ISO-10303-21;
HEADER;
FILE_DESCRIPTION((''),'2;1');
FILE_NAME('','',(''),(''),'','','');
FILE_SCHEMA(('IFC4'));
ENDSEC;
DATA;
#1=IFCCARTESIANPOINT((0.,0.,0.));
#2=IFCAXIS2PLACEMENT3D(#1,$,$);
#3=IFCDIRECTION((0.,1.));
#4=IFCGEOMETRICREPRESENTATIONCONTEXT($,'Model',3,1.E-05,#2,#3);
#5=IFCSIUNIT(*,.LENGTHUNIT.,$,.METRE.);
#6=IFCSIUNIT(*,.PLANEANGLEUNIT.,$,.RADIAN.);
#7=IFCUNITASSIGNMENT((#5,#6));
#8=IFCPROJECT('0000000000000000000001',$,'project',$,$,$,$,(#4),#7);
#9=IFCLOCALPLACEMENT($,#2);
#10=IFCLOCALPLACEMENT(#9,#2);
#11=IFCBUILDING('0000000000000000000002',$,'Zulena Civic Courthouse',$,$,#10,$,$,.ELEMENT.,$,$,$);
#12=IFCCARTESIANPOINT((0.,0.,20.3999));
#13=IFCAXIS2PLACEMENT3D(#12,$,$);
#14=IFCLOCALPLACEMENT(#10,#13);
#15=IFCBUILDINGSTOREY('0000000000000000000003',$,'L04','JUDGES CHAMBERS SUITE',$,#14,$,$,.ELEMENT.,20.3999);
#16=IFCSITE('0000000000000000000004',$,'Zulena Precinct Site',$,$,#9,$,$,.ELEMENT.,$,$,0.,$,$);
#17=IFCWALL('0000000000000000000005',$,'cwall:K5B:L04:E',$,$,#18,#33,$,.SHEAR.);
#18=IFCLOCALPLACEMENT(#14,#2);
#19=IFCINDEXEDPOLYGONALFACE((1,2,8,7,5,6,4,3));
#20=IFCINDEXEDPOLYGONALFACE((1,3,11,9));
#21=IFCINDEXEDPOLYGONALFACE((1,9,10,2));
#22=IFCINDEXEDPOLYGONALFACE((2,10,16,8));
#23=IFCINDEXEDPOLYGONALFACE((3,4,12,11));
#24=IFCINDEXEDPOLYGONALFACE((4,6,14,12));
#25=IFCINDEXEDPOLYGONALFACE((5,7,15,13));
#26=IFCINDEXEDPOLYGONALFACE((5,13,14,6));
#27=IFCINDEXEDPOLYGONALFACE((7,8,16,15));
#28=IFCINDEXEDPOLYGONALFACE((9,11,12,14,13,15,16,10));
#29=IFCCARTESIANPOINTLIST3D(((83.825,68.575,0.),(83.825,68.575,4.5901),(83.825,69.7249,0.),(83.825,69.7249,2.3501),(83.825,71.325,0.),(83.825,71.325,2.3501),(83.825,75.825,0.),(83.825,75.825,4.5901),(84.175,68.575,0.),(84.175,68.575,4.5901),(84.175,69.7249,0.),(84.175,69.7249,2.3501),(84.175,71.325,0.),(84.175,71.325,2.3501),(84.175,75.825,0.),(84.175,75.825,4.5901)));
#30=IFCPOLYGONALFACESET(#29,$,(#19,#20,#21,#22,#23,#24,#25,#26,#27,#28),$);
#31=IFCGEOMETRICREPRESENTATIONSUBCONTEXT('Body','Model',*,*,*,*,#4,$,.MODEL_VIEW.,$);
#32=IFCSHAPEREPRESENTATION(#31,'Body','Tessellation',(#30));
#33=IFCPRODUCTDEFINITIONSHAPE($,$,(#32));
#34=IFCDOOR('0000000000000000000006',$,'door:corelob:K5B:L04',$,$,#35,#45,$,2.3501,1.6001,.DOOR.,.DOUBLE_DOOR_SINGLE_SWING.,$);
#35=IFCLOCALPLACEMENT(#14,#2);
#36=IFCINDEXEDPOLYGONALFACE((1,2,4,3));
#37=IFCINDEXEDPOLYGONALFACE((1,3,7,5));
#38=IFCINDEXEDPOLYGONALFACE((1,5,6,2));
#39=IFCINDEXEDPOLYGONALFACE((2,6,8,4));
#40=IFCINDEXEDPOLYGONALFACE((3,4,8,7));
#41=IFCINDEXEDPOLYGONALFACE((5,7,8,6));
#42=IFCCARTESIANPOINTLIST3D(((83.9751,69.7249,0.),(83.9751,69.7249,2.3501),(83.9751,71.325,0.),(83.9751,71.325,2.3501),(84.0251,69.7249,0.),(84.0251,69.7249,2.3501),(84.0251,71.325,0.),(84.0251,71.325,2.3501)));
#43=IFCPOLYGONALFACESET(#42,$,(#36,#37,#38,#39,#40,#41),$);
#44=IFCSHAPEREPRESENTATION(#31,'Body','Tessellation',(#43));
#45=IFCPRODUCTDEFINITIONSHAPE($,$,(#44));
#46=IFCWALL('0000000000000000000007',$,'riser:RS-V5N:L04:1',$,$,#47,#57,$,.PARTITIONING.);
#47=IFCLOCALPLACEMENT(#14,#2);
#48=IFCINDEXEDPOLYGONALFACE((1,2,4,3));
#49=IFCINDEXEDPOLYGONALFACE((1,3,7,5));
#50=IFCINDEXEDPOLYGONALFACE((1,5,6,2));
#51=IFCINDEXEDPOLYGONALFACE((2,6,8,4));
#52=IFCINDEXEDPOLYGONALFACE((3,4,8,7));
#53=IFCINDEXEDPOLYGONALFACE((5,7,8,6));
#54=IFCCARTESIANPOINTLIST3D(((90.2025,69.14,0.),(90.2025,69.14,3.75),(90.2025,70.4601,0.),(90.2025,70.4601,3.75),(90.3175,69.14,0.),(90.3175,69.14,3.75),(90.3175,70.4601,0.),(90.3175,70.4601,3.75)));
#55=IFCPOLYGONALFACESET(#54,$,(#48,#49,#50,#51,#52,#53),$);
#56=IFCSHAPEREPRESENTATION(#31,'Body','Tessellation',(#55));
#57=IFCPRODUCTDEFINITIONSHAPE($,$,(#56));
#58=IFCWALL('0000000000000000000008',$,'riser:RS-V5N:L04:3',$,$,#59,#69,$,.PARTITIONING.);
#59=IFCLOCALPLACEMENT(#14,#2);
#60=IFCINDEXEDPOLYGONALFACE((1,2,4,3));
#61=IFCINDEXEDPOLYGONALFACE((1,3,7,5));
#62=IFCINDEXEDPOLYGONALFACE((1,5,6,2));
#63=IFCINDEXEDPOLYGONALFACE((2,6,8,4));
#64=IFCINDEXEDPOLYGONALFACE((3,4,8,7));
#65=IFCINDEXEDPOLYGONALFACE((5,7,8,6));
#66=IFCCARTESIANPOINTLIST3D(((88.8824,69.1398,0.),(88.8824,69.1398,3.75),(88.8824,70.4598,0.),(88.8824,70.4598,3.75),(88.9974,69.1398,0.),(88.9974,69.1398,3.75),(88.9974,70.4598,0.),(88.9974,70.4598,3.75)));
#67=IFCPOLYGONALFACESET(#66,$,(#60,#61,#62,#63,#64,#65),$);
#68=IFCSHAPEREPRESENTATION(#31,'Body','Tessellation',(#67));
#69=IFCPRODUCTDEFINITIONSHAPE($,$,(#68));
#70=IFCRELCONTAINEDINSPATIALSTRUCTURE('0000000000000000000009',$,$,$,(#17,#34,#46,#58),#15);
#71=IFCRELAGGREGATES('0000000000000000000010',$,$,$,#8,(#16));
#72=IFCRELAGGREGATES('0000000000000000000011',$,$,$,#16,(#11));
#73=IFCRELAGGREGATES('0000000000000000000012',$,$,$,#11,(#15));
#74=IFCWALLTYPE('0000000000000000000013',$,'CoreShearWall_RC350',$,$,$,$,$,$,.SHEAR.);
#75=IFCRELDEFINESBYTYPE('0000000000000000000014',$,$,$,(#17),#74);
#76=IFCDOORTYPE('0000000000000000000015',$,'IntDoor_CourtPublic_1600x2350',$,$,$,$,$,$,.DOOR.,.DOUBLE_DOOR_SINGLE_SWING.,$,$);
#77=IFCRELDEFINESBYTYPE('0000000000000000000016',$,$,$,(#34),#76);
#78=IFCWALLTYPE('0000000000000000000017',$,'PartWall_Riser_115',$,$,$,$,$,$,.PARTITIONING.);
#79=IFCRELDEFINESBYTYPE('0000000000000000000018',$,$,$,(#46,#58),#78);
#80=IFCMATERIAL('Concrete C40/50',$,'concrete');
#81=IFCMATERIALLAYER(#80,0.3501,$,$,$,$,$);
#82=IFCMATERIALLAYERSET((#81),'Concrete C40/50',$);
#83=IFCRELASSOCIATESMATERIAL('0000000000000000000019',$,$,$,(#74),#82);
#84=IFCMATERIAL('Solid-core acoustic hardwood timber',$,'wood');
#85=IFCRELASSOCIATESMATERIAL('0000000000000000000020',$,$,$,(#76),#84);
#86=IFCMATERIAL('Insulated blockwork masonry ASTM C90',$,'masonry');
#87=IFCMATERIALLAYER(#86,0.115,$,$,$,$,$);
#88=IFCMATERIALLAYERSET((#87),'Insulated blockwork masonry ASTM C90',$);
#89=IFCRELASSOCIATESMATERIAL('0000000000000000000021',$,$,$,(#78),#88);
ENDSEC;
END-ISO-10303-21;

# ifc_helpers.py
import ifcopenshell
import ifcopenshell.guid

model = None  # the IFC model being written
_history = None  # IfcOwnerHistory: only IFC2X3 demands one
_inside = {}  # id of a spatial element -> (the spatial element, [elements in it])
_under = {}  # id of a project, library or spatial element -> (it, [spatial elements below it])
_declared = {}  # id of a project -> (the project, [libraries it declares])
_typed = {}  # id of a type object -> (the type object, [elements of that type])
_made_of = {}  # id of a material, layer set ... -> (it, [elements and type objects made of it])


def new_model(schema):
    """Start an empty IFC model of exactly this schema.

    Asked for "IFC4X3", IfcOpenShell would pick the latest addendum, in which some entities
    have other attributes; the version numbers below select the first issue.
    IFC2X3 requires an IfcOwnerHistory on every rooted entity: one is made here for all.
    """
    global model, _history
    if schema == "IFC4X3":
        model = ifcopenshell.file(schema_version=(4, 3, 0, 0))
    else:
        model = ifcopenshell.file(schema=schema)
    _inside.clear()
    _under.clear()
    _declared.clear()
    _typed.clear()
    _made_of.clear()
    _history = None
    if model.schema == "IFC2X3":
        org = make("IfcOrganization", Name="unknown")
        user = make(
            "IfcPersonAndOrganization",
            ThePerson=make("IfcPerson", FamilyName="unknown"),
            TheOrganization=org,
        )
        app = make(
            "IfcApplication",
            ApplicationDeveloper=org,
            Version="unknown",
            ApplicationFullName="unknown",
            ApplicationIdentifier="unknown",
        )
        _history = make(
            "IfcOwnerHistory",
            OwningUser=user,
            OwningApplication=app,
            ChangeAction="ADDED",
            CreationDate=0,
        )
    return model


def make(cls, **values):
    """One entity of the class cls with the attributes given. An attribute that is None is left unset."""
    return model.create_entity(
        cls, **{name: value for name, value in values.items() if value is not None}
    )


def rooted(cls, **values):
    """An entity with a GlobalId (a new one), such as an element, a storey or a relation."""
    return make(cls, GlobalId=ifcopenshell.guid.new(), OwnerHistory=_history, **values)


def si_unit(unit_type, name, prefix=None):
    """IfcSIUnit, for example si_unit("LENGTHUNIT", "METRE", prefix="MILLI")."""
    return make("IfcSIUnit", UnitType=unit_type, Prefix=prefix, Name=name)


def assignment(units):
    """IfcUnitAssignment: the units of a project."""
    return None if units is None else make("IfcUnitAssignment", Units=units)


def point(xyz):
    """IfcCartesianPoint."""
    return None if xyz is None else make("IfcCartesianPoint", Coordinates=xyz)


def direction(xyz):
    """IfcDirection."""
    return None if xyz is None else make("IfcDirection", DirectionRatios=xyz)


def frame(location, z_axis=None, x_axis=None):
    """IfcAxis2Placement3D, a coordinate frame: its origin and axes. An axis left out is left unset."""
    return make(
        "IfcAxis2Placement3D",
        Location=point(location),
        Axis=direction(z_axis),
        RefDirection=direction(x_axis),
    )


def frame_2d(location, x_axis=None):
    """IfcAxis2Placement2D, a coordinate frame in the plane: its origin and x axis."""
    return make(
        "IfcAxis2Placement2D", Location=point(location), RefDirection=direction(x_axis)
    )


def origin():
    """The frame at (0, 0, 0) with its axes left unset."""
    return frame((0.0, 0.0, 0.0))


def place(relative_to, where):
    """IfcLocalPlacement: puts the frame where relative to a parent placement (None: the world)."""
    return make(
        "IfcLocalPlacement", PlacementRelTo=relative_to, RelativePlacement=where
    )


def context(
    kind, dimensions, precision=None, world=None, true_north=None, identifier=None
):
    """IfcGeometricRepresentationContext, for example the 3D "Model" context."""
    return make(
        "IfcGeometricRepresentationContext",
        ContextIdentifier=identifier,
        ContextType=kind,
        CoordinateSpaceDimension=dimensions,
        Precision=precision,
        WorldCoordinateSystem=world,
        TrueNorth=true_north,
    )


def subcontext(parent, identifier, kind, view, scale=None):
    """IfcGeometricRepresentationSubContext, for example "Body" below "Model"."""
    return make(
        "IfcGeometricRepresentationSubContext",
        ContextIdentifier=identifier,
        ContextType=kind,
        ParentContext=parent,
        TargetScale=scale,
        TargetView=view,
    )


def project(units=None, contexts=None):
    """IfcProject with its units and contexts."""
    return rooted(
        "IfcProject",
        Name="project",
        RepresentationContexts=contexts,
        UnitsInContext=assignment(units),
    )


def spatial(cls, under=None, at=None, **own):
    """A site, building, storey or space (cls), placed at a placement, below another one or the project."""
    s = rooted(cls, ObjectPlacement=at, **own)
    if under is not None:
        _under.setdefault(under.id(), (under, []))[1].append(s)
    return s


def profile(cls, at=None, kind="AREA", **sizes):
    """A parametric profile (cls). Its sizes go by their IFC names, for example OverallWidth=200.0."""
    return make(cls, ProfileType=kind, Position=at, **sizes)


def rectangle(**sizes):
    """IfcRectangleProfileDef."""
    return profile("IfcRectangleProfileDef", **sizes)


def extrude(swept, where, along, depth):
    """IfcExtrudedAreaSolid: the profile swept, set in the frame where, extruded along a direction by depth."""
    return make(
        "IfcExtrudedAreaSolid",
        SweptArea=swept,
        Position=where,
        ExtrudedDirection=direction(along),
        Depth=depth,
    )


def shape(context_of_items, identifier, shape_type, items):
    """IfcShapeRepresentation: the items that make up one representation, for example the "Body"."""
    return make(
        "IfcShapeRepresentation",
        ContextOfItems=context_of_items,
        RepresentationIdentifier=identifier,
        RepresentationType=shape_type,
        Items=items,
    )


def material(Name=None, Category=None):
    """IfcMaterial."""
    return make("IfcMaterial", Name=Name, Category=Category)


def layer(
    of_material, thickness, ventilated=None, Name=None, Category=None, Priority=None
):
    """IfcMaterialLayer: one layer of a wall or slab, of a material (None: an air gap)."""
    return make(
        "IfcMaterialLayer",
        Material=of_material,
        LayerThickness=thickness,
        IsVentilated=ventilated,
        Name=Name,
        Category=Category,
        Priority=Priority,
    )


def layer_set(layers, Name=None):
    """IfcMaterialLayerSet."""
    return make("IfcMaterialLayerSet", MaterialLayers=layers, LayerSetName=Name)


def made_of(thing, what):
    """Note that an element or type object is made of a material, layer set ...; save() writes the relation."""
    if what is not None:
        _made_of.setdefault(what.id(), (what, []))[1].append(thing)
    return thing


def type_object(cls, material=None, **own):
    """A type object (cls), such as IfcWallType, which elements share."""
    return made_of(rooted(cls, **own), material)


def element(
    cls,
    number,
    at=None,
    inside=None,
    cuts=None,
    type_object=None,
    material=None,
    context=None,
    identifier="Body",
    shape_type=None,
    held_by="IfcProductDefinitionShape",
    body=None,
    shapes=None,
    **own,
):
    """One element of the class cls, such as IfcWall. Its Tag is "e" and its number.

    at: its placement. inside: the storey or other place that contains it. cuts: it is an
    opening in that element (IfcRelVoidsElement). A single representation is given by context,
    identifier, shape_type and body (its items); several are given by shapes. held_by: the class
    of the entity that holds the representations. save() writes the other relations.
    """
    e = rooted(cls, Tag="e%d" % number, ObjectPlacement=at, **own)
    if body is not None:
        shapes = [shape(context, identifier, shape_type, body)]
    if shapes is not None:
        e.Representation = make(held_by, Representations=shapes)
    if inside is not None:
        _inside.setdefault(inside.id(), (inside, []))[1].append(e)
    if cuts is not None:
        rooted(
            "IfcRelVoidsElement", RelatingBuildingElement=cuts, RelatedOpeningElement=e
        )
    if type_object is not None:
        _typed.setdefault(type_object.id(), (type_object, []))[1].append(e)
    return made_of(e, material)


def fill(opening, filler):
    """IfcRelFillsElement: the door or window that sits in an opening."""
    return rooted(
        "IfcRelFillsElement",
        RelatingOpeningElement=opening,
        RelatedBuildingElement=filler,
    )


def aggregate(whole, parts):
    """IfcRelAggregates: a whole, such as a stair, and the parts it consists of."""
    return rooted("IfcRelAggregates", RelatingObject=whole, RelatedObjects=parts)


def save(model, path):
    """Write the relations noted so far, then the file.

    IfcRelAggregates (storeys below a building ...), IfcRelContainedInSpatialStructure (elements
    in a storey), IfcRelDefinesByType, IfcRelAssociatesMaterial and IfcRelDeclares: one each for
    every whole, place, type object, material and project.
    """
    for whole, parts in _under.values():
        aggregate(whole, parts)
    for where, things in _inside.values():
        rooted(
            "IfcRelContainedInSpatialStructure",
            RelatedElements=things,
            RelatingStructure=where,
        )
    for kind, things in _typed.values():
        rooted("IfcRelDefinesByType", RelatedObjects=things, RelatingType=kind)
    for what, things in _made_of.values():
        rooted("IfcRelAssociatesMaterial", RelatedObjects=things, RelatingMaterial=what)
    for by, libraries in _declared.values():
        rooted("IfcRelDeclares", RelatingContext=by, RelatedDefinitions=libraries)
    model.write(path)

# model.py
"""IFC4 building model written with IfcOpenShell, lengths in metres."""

from ifc_helpers import new_model, si_unit, direction, frame, frame_2d, origin, place, context, subcontext, project, spatial, rectangle, extrude, material, layer, layer_set, type_object, element, fill, save


model = new_model("IFC4")

# Units and contexts
model_context = context("Model", 3, precision=1e-05, world=origin(), true_north=direction((0.0, 1.0)))
body_context = subcontext(model_context, "Body", "Model", "MODEL_VIEW")
ifc_project = project(units=[si_unit("LENGTHUNIT", "METRE"), si_unit("PLANEANGLEUNIT", "RADIAN")], contexts=[model_context])

# Site, building, storey
site_placement = place(None, origin())
site = spatial("IfcSite", under=ifc_project, at=site_placement, Name="Zulena Precinct Site", CompositionType="ELEMENT", RefElevation=0.0)
building_placement = place(site_placement, origin())
building = spatial("IfcBuilding", under=site, at=building_placement, Name="Zulena Civic Courthouse", CompositionType="ELEMENT")
storey_placement = place(building_placement, frame((0.0, 0.0, 20.3999)))
storey = spatial("IfcBuildingStorey", under=building, at=storey_placement, Name="L04", Description="JUDGES CHAMBERS SUITE", CompositionType="ELEMENT", Elevation=20.3999)

# Wall, opening, door
ifc_material_1 = material(Name="Concrete C40/50", Category="concrete")
ifc_layer_1 = layer(ifc_material_1, 0.3501)
ifc_layer_set_1 = layer_set([ifc_layer_1], Name="Concrete C40/50")
wall_type_1 = type_object("IfcWallType", Name="CoreShearWall_RC350", PredefinedType="SHEAR", material=ifc_layer_set_1)
wall_1_placement = place(storey_placement, frame((84.0, 68.575, 0.0), z_axis=(0.0, 0.0, 1.0), x_axis=(0.0, 1.0, 0.0)))
wall_1 = element("IfcWall", 1, at=wall_1_placement, inside=storey, type_object=wall_type_1, Name="cwall:K5B:L04:E", PredefinedType="SHEAR", context=body_context, shape_type="SweptSolid", body=[
    extrude(rectangle(XDim=7.25, YDim=0.3501, at=frame_2d((3.625, 0.0))), origin(), (0.0, 0.0, 1.0), 4.5901),
])
opening_1_placement = place(wall_1_placement, frame((1.1499, 0.0, 0.0)))
opening_1 = element("IfcOpeningElement", 2, at=opening_1_placement, cuts=wall_1, PredefinedType="OPENING", context=body_context, shape_type="SweptSolid", body=[
    extrude(rectangle(XDim=1.6001, YDim=2.3501, at=frame_2d((0.8, 1.175))), frame((0.0, 0.1851, 0.0), z_axis=(0.0, -1.0, 0.0), x_axis=(1.0, 0.0, 0.0)), (0.0, 0.0, 1.0), 0.3701),
])
ifc_material_2 = material(Name="Solid-core acoustic hardwood timber", Category="wood")
door_type_1 = type_object("IfcDoorType", Name="IntDoor_CourtPublic_1600x2350", OperationType="DOUBLE_DOOR_SINGLE_SWING", PredefinedType="DOOR", material=ifc_material_2)
door_1_placement = place(opening_1_placement, origin())
door_1 = element("IfcDoor", 3, at=door_1_placement, inside=storey, type_object=door_type_1, Name="door:corelob:K5B:L04", OperationType="DOUBLE_DOOR_SINGLE_SWING", OverallHeight=2.3501, OverallWidth=1.6001, PredefinedType="DOOR", context=body_context, shape_type="SweptSolid", body=[
    extrude(rectangle(XDim=1.6001, YDim=2.3501, at=frame_2d((0.8, 1.175))), frame((0.0, 0.0249, 0.0), z_axis=(0.0, -1.0, 0.0), x_axis=(1.0, 0.0, 0.0)), (0.0, 0.0, 1.0), 0.05),
])
fill(opening_1, door_1)

# Walls
ifc_material_3 = material(Name="Insulated blockwork masonry ASTM C90", Category="masonry")
ifc_layer_2 = layer(ifc_material_3, 0.115)
ifc_layer_set_2 = layer_set([ifc_layer_2], Name="Insulated blockwork masonry ASTM C90")
wall_type_2 = type_object("IfcWallType", Name="PartWall_Riser_115", PredefinedType="PARTITIONING", material=ifc_layer_set_2)
for number, where, z_axis, x_axis, name in (
    (4, (90.26, 69.1399, 0.0), (0.0, 0.0, 1.0), (0.0, 1.0, 0.0), "riser:RS-V5N:L04:1"),
    (5, (88.9399, 70.46, 0.0), (0.0, 0.0, 1.0), (0.0, -1.0, 0.0), "riser:RS-V5N:L04:3"),
):
    element("IfcWall", number, at=place(storey_placement, frame(where, z_axis=z_axis, x_axis=x_axis)), inside=storey, type_object=wall_type_2, Name=name, PredefinedType="PARTITIONING", context=body_context, shape_type="SweptSolid", body=[
        extrude(rectangle(XDim=1.3201, YDim=0.115, at=frame_2d((0.6602, 0.0))), origin(), (0.0, 0.0, 1.0), 3.75),
    ])

save(model, "model.ifc")
